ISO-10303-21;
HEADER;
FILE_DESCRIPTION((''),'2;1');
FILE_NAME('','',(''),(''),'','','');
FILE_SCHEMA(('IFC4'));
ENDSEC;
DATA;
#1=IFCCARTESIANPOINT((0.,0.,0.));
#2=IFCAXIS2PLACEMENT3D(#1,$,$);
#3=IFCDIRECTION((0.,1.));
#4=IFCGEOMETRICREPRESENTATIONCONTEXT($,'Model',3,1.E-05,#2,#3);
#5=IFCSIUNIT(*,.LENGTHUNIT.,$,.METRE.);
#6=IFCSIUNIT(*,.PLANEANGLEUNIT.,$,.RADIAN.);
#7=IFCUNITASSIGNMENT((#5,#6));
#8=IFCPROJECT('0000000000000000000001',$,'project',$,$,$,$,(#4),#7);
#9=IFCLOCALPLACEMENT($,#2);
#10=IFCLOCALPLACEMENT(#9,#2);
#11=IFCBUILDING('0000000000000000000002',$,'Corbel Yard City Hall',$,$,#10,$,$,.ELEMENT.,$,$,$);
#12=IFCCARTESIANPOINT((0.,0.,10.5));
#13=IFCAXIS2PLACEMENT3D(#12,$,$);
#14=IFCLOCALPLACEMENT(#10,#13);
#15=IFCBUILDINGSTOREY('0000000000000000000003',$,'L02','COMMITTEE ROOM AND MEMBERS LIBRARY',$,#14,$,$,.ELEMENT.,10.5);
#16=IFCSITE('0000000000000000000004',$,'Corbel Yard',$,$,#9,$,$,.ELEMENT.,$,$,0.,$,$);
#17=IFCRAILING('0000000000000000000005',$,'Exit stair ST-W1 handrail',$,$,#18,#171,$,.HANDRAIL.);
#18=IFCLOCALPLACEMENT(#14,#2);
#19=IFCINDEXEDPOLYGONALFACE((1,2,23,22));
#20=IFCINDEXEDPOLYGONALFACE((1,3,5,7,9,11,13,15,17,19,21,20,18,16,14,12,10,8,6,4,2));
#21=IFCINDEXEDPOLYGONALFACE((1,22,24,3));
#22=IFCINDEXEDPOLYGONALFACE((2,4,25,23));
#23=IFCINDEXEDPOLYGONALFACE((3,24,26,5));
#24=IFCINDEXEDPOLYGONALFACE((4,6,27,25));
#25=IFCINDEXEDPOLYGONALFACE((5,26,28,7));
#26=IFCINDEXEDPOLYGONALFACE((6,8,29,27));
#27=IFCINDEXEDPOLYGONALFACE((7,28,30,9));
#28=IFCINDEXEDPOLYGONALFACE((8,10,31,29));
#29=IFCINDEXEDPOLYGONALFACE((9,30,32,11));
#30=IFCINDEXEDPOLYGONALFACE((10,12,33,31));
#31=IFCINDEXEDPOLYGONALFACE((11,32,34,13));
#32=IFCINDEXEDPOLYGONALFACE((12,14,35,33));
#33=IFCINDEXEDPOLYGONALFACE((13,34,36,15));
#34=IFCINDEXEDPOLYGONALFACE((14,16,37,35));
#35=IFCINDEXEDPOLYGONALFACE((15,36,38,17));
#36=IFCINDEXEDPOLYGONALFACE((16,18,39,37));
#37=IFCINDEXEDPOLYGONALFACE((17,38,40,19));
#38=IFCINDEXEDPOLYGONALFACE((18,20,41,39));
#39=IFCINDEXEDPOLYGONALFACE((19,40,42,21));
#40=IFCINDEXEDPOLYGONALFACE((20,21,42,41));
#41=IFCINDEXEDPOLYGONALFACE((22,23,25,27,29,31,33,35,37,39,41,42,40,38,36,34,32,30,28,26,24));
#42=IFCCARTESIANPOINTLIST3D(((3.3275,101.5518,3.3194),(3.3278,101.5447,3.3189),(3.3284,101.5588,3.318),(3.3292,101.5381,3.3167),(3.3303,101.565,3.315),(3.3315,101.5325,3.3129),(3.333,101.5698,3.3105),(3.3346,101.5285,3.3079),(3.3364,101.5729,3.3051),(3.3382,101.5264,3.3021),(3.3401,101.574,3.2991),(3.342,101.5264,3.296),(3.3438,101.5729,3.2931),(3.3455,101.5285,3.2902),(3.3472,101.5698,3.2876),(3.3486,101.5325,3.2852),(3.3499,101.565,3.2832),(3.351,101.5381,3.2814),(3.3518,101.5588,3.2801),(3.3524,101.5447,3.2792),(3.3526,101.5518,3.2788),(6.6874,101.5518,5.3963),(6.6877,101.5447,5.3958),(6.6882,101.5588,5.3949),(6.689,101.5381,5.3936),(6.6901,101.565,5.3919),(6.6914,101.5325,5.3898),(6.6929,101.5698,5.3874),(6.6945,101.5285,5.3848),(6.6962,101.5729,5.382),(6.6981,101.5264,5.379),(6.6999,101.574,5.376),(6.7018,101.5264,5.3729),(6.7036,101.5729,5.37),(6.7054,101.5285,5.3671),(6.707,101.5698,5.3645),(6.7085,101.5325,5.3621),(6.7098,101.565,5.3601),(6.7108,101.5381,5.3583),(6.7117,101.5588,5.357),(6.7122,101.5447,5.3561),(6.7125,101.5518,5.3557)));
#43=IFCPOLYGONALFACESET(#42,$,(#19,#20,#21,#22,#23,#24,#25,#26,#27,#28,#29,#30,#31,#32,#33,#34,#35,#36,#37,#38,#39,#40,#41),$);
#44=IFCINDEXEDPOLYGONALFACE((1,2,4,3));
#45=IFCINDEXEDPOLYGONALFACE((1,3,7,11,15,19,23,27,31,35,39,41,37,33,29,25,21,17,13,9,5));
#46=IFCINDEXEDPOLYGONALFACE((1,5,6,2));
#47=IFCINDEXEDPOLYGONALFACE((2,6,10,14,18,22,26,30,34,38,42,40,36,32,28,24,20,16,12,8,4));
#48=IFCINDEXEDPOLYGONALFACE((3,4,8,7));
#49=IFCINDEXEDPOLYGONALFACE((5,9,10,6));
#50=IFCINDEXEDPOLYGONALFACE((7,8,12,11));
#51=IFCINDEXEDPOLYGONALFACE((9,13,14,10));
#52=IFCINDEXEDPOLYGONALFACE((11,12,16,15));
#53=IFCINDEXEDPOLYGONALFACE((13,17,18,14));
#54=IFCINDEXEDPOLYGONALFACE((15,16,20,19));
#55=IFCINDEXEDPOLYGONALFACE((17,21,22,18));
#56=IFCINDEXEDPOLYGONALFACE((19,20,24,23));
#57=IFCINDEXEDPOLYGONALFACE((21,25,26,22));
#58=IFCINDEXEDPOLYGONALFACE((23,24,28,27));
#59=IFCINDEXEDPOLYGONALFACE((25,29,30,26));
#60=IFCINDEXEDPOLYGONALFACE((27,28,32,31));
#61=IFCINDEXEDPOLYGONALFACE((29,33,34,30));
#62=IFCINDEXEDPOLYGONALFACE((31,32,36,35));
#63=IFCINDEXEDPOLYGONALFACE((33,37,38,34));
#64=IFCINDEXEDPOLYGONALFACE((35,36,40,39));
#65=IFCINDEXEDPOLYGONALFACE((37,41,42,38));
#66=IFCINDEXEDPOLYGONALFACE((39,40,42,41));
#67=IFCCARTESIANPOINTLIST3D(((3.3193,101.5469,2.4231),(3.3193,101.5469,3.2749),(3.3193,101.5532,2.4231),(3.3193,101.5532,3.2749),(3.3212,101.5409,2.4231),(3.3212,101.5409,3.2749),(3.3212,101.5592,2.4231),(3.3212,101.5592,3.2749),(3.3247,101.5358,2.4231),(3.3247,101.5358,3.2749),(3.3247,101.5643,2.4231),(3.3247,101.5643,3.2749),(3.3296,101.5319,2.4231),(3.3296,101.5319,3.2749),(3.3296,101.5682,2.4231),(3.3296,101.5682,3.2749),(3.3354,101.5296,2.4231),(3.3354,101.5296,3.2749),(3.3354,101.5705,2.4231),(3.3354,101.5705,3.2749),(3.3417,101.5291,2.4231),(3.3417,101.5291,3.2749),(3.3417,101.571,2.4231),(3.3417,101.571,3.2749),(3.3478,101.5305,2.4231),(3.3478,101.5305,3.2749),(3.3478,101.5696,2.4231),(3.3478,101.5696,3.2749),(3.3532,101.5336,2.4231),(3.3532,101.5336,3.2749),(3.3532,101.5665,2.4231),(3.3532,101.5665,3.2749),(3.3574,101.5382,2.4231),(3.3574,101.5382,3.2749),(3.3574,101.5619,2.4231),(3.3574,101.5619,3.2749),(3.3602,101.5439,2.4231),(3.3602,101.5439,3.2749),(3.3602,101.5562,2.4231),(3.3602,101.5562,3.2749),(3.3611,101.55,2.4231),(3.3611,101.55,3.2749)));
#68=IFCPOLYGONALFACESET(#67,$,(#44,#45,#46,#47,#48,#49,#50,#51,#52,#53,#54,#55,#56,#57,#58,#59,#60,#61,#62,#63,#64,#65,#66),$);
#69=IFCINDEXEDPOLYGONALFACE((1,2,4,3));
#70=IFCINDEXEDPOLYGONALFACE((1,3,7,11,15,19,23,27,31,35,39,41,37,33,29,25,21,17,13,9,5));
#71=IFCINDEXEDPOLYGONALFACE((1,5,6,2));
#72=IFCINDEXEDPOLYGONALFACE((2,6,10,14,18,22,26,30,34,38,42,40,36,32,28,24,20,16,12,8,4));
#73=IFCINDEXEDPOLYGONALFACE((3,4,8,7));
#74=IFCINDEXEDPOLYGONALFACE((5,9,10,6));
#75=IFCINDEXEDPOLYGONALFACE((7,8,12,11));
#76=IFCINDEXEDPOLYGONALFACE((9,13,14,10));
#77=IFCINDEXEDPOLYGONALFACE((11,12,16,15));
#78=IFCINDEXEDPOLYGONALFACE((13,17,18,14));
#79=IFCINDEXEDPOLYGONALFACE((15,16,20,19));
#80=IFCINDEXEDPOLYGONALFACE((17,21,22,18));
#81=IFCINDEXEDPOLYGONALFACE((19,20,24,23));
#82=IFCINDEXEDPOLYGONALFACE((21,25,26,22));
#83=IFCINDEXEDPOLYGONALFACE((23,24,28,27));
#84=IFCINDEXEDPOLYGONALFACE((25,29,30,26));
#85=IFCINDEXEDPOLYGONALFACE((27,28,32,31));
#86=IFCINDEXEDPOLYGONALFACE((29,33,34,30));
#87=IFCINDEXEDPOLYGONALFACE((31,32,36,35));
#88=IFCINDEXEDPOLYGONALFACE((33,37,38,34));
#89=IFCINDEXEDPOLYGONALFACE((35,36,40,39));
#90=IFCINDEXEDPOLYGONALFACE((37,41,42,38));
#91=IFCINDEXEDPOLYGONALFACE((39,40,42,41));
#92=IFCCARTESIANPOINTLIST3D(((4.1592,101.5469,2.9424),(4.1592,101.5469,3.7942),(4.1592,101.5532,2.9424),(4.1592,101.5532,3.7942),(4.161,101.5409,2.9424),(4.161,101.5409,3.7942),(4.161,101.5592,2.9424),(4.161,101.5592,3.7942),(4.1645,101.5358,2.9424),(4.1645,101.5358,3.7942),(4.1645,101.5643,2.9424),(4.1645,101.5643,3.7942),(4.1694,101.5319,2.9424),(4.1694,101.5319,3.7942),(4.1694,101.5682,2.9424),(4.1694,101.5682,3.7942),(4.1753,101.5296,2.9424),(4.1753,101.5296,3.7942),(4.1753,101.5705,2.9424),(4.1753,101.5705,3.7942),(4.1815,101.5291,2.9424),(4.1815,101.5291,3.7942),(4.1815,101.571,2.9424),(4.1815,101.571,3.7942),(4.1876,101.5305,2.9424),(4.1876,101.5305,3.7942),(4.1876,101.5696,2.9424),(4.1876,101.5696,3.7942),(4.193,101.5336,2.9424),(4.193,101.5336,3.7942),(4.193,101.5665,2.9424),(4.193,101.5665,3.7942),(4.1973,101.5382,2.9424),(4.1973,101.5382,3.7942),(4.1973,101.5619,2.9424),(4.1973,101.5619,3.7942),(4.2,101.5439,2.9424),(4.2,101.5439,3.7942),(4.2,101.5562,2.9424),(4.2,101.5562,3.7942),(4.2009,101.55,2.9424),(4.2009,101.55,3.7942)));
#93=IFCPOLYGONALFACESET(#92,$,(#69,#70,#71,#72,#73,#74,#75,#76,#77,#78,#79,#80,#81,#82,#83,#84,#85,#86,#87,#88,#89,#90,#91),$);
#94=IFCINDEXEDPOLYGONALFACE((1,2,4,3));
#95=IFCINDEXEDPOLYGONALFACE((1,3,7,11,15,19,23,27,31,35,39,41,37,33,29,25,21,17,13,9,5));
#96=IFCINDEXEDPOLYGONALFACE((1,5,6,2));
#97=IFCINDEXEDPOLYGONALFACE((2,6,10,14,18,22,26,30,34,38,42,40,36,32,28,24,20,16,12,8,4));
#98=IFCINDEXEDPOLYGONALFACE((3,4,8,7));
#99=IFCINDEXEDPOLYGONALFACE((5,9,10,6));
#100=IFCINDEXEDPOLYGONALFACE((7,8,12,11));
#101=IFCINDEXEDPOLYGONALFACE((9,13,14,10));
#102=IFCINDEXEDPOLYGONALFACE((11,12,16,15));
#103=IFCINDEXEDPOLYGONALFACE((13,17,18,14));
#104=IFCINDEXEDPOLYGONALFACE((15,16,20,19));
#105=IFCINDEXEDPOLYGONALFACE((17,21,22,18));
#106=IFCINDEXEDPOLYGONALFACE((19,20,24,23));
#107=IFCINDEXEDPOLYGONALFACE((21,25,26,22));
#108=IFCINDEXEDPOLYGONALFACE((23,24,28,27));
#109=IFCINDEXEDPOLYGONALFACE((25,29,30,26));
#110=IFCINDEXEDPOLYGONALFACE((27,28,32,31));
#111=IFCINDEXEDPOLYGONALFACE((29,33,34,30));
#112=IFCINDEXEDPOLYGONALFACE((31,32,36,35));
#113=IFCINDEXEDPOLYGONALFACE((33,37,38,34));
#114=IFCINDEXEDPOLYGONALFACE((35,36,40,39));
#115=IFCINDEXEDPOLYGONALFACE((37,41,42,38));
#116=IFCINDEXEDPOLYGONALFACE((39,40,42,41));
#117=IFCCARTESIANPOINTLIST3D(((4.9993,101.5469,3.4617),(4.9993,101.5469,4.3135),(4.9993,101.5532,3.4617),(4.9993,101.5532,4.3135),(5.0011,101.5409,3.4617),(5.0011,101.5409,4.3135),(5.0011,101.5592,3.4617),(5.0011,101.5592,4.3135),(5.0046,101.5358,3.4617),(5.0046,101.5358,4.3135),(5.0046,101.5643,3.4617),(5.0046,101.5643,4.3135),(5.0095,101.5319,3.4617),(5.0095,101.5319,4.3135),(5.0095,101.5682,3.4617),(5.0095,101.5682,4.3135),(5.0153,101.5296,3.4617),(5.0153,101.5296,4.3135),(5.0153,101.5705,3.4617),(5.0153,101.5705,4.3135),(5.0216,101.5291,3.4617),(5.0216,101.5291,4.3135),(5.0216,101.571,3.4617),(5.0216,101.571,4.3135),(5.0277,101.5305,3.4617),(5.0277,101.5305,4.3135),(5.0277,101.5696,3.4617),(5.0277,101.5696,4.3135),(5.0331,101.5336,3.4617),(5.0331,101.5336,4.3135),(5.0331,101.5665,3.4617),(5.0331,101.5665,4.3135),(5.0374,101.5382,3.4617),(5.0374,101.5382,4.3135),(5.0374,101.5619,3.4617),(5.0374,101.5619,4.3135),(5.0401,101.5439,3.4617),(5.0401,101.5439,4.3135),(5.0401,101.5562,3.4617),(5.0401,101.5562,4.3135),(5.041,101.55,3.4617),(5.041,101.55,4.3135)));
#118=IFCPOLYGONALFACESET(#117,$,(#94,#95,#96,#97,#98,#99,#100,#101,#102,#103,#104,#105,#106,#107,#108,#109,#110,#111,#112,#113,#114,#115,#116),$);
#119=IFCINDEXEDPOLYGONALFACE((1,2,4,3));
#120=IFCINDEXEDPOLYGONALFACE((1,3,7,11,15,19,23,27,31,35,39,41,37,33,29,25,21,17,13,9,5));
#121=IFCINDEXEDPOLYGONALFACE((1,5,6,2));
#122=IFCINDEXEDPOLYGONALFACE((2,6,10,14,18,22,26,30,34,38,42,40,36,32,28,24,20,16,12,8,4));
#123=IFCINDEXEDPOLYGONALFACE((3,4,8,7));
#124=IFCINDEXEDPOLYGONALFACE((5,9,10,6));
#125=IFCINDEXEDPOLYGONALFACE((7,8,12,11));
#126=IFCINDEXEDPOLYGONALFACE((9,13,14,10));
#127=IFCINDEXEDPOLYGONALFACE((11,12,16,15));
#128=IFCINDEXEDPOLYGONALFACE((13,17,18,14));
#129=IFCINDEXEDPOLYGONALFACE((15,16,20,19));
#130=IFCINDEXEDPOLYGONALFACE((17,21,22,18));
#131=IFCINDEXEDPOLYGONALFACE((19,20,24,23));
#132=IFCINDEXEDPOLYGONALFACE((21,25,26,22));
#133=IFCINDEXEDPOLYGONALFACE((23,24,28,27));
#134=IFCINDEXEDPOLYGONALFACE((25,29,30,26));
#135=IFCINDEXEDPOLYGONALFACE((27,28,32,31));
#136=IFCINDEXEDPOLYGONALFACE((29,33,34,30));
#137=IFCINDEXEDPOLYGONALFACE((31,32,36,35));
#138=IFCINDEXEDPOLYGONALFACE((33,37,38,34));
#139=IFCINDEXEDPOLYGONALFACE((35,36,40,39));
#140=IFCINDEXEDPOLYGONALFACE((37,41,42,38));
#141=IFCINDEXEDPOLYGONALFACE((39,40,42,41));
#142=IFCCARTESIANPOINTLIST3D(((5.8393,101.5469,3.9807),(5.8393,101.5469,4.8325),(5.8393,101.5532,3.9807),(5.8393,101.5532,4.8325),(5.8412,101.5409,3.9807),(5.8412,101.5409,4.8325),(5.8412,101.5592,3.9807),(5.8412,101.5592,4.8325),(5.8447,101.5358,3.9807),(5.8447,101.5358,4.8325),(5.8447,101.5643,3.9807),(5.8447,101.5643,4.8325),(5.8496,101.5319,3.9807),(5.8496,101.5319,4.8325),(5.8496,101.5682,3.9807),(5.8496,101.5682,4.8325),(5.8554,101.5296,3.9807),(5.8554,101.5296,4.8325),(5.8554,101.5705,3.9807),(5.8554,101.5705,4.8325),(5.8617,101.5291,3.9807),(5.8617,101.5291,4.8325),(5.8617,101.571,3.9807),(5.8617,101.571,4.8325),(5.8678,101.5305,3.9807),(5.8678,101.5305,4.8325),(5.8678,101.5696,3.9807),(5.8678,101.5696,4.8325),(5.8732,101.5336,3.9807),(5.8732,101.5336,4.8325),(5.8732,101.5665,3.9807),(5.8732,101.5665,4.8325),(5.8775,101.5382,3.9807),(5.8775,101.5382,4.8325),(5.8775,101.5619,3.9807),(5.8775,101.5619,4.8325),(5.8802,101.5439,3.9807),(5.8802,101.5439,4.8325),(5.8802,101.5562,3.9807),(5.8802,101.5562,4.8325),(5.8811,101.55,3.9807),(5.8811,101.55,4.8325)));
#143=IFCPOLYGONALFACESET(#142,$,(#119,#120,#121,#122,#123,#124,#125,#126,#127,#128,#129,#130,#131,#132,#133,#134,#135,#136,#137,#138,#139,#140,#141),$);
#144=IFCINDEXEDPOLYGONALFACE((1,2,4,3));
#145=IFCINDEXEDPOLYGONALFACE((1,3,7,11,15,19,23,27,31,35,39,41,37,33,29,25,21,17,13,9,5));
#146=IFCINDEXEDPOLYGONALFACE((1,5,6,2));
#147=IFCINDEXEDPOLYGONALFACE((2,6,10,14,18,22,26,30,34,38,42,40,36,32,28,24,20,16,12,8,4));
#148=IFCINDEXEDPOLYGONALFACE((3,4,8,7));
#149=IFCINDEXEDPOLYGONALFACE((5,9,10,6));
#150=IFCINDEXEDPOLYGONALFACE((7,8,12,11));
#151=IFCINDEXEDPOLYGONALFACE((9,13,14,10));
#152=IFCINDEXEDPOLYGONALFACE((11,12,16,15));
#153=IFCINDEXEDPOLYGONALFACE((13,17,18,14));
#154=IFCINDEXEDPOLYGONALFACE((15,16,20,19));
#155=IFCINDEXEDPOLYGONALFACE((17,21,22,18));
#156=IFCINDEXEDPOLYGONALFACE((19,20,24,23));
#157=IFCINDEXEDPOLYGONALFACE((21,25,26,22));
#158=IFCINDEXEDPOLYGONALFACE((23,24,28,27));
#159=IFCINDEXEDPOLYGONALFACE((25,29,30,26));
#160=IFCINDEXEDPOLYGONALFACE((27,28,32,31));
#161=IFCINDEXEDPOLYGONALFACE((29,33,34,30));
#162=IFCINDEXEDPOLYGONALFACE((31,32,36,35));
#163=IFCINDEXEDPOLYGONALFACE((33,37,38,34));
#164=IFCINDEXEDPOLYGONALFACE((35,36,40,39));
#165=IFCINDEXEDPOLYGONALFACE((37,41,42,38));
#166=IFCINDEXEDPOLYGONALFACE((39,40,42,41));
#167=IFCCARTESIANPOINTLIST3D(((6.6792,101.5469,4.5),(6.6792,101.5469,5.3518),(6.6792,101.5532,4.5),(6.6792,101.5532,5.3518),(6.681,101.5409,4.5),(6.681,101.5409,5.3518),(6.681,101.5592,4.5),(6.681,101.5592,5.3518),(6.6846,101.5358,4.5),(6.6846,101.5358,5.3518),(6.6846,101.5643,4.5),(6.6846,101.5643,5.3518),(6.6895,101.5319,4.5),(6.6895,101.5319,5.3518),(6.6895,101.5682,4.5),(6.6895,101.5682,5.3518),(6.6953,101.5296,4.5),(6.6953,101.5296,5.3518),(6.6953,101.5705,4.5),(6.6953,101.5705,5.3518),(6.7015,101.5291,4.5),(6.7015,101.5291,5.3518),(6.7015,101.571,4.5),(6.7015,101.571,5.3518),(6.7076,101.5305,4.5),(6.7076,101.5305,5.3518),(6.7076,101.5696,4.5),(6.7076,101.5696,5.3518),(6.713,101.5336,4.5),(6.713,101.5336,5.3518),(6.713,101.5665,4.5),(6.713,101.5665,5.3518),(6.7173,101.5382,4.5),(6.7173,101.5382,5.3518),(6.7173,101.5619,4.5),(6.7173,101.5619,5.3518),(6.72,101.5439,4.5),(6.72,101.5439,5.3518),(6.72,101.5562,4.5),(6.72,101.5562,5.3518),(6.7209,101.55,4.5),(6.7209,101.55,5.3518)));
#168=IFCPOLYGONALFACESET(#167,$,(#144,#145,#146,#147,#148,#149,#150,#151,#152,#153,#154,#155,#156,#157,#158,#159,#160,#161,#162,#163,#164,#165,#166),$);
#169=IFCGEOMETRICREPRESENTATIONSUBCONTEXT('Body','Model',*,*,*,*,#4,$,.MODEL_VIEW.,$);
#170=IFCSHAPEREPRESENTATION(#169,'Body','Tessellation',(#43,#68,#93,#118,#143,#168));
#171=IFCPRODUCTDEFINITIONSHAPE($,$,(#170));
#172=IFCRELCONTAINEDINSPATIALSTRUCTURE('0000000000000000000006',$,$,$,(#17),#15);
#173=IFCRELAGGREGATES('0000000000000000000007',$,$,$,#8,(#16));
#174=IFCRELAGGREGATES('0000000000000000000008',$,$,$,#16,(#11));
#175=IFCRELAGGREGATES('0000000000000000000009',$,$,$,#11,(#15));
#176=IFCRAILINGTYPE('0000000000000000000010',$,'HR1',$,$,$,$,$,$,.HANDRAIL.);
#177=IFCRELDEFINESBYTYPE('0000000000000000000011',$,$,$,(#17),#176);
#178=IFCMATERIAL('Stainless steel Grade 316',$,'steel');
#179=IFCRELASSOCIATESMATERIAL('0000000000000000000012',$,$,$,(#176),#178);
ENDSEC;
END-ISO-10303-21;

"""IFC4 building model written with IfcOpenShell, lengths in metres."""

from ifc_helpers import new_model, si_unit, direction, frame, origin, origin_2d, place, context, subcontext, project, spatial, circle, extrude, material, type_object, element, save


model = new_model("IFC4")

# Units and contexts
model_context = context("Model", 3, precision=1e-05, world=origin(), true_north=direction((0.0, 1.0)))
body_context = subcontext(model_context, "Body", "Model", "MODEL_VIEW")
ifc_project = project(units=[si_unit("LENGTHUNIT", "METRE"), si_unit("PLANEANGLEUNIT", "RADIAN")], contexts=[model_context])

# Site, building, storey
site_placement = place(None, origin())
site = spatial("IfcSite", under=ifc_project, at=site_placement, Name="Corbel Yard", CompositionType="ELEMENT", RefElevation=0.0)
building_placement = place(site_placement, origin())
building = spatial("IfcBuilding", under=site, at=building_placement, Name="Corbel Yard City Hall", CompositionType="ELEMENT")
storey_placement = place(building_placement, frame((0.0, 0.0, 10.5)))
storey = spatial("IfcBuildingStorey", under=building, at=storey_placement, Name="L02", Description="COMMITTEE ROOM AND MEMBERS LIBRARY", CompositionType="ELEMENT", Elevation=10.5)

# Shared definitions
ifc_material_1 = material(Name="Stainless steel Grade 316", Category="steel")

# Railing
railing_type = type_object("IfcRailingType", Name="HR1", PredefinedType="HANDRAIL", material=ifc_material_1)
for number, where, name in (
    (1, (3.3401, 101.55, 2.4231), "Exit stair ST-W1 handrail"),
):
    element("IfcRailing", number, at=place(storey_placement, frame(where)), inside=storey, type_object=railing_type, Name=name, PredefinedType="HANDRAIL", context=body_context, shape_type="SweptSolid", body=[
        extrude(circle(Radius=0.0239, at=origin_2d()), frame((0.0, 0.0, 0.876), z_axis=(0.850606, 0.0, 0.525803), x_axis=(0.0, 1.0, 0.0)), (0.0, 0.0, 1.0), 3.95),
        extrude(circle(Radius=0.021, at=origin_2d()), origin(), (0.0, 0.0, 1.0), 0.8518),
        extrude(circle(Radius=0.021, at=origin_2d()), frame((0.8398, 0.0, 0.5193)), (0.0, 0.0, 1.0), 0.8518),
        extrude(circle(Radius=0.021, at=origin_2d()), frame((1.6799, 0.0, 1.0386)), (0.0, 0.0, 1.0), 0.8518),
        extrude(circle(Radius=0.021, at=origin_2d()), frame((2.52, 0.0, 1.5576)), (0.0, 0.0, 1.0), 0.8518),
        extrude(circle(Radius=0.021, at=origin_2d()), frame((3.3599, 0.0, 2.0769)), (0.0, 0.0, 1.0), 0.8518),
    ])

save(model, "model.ifc")
